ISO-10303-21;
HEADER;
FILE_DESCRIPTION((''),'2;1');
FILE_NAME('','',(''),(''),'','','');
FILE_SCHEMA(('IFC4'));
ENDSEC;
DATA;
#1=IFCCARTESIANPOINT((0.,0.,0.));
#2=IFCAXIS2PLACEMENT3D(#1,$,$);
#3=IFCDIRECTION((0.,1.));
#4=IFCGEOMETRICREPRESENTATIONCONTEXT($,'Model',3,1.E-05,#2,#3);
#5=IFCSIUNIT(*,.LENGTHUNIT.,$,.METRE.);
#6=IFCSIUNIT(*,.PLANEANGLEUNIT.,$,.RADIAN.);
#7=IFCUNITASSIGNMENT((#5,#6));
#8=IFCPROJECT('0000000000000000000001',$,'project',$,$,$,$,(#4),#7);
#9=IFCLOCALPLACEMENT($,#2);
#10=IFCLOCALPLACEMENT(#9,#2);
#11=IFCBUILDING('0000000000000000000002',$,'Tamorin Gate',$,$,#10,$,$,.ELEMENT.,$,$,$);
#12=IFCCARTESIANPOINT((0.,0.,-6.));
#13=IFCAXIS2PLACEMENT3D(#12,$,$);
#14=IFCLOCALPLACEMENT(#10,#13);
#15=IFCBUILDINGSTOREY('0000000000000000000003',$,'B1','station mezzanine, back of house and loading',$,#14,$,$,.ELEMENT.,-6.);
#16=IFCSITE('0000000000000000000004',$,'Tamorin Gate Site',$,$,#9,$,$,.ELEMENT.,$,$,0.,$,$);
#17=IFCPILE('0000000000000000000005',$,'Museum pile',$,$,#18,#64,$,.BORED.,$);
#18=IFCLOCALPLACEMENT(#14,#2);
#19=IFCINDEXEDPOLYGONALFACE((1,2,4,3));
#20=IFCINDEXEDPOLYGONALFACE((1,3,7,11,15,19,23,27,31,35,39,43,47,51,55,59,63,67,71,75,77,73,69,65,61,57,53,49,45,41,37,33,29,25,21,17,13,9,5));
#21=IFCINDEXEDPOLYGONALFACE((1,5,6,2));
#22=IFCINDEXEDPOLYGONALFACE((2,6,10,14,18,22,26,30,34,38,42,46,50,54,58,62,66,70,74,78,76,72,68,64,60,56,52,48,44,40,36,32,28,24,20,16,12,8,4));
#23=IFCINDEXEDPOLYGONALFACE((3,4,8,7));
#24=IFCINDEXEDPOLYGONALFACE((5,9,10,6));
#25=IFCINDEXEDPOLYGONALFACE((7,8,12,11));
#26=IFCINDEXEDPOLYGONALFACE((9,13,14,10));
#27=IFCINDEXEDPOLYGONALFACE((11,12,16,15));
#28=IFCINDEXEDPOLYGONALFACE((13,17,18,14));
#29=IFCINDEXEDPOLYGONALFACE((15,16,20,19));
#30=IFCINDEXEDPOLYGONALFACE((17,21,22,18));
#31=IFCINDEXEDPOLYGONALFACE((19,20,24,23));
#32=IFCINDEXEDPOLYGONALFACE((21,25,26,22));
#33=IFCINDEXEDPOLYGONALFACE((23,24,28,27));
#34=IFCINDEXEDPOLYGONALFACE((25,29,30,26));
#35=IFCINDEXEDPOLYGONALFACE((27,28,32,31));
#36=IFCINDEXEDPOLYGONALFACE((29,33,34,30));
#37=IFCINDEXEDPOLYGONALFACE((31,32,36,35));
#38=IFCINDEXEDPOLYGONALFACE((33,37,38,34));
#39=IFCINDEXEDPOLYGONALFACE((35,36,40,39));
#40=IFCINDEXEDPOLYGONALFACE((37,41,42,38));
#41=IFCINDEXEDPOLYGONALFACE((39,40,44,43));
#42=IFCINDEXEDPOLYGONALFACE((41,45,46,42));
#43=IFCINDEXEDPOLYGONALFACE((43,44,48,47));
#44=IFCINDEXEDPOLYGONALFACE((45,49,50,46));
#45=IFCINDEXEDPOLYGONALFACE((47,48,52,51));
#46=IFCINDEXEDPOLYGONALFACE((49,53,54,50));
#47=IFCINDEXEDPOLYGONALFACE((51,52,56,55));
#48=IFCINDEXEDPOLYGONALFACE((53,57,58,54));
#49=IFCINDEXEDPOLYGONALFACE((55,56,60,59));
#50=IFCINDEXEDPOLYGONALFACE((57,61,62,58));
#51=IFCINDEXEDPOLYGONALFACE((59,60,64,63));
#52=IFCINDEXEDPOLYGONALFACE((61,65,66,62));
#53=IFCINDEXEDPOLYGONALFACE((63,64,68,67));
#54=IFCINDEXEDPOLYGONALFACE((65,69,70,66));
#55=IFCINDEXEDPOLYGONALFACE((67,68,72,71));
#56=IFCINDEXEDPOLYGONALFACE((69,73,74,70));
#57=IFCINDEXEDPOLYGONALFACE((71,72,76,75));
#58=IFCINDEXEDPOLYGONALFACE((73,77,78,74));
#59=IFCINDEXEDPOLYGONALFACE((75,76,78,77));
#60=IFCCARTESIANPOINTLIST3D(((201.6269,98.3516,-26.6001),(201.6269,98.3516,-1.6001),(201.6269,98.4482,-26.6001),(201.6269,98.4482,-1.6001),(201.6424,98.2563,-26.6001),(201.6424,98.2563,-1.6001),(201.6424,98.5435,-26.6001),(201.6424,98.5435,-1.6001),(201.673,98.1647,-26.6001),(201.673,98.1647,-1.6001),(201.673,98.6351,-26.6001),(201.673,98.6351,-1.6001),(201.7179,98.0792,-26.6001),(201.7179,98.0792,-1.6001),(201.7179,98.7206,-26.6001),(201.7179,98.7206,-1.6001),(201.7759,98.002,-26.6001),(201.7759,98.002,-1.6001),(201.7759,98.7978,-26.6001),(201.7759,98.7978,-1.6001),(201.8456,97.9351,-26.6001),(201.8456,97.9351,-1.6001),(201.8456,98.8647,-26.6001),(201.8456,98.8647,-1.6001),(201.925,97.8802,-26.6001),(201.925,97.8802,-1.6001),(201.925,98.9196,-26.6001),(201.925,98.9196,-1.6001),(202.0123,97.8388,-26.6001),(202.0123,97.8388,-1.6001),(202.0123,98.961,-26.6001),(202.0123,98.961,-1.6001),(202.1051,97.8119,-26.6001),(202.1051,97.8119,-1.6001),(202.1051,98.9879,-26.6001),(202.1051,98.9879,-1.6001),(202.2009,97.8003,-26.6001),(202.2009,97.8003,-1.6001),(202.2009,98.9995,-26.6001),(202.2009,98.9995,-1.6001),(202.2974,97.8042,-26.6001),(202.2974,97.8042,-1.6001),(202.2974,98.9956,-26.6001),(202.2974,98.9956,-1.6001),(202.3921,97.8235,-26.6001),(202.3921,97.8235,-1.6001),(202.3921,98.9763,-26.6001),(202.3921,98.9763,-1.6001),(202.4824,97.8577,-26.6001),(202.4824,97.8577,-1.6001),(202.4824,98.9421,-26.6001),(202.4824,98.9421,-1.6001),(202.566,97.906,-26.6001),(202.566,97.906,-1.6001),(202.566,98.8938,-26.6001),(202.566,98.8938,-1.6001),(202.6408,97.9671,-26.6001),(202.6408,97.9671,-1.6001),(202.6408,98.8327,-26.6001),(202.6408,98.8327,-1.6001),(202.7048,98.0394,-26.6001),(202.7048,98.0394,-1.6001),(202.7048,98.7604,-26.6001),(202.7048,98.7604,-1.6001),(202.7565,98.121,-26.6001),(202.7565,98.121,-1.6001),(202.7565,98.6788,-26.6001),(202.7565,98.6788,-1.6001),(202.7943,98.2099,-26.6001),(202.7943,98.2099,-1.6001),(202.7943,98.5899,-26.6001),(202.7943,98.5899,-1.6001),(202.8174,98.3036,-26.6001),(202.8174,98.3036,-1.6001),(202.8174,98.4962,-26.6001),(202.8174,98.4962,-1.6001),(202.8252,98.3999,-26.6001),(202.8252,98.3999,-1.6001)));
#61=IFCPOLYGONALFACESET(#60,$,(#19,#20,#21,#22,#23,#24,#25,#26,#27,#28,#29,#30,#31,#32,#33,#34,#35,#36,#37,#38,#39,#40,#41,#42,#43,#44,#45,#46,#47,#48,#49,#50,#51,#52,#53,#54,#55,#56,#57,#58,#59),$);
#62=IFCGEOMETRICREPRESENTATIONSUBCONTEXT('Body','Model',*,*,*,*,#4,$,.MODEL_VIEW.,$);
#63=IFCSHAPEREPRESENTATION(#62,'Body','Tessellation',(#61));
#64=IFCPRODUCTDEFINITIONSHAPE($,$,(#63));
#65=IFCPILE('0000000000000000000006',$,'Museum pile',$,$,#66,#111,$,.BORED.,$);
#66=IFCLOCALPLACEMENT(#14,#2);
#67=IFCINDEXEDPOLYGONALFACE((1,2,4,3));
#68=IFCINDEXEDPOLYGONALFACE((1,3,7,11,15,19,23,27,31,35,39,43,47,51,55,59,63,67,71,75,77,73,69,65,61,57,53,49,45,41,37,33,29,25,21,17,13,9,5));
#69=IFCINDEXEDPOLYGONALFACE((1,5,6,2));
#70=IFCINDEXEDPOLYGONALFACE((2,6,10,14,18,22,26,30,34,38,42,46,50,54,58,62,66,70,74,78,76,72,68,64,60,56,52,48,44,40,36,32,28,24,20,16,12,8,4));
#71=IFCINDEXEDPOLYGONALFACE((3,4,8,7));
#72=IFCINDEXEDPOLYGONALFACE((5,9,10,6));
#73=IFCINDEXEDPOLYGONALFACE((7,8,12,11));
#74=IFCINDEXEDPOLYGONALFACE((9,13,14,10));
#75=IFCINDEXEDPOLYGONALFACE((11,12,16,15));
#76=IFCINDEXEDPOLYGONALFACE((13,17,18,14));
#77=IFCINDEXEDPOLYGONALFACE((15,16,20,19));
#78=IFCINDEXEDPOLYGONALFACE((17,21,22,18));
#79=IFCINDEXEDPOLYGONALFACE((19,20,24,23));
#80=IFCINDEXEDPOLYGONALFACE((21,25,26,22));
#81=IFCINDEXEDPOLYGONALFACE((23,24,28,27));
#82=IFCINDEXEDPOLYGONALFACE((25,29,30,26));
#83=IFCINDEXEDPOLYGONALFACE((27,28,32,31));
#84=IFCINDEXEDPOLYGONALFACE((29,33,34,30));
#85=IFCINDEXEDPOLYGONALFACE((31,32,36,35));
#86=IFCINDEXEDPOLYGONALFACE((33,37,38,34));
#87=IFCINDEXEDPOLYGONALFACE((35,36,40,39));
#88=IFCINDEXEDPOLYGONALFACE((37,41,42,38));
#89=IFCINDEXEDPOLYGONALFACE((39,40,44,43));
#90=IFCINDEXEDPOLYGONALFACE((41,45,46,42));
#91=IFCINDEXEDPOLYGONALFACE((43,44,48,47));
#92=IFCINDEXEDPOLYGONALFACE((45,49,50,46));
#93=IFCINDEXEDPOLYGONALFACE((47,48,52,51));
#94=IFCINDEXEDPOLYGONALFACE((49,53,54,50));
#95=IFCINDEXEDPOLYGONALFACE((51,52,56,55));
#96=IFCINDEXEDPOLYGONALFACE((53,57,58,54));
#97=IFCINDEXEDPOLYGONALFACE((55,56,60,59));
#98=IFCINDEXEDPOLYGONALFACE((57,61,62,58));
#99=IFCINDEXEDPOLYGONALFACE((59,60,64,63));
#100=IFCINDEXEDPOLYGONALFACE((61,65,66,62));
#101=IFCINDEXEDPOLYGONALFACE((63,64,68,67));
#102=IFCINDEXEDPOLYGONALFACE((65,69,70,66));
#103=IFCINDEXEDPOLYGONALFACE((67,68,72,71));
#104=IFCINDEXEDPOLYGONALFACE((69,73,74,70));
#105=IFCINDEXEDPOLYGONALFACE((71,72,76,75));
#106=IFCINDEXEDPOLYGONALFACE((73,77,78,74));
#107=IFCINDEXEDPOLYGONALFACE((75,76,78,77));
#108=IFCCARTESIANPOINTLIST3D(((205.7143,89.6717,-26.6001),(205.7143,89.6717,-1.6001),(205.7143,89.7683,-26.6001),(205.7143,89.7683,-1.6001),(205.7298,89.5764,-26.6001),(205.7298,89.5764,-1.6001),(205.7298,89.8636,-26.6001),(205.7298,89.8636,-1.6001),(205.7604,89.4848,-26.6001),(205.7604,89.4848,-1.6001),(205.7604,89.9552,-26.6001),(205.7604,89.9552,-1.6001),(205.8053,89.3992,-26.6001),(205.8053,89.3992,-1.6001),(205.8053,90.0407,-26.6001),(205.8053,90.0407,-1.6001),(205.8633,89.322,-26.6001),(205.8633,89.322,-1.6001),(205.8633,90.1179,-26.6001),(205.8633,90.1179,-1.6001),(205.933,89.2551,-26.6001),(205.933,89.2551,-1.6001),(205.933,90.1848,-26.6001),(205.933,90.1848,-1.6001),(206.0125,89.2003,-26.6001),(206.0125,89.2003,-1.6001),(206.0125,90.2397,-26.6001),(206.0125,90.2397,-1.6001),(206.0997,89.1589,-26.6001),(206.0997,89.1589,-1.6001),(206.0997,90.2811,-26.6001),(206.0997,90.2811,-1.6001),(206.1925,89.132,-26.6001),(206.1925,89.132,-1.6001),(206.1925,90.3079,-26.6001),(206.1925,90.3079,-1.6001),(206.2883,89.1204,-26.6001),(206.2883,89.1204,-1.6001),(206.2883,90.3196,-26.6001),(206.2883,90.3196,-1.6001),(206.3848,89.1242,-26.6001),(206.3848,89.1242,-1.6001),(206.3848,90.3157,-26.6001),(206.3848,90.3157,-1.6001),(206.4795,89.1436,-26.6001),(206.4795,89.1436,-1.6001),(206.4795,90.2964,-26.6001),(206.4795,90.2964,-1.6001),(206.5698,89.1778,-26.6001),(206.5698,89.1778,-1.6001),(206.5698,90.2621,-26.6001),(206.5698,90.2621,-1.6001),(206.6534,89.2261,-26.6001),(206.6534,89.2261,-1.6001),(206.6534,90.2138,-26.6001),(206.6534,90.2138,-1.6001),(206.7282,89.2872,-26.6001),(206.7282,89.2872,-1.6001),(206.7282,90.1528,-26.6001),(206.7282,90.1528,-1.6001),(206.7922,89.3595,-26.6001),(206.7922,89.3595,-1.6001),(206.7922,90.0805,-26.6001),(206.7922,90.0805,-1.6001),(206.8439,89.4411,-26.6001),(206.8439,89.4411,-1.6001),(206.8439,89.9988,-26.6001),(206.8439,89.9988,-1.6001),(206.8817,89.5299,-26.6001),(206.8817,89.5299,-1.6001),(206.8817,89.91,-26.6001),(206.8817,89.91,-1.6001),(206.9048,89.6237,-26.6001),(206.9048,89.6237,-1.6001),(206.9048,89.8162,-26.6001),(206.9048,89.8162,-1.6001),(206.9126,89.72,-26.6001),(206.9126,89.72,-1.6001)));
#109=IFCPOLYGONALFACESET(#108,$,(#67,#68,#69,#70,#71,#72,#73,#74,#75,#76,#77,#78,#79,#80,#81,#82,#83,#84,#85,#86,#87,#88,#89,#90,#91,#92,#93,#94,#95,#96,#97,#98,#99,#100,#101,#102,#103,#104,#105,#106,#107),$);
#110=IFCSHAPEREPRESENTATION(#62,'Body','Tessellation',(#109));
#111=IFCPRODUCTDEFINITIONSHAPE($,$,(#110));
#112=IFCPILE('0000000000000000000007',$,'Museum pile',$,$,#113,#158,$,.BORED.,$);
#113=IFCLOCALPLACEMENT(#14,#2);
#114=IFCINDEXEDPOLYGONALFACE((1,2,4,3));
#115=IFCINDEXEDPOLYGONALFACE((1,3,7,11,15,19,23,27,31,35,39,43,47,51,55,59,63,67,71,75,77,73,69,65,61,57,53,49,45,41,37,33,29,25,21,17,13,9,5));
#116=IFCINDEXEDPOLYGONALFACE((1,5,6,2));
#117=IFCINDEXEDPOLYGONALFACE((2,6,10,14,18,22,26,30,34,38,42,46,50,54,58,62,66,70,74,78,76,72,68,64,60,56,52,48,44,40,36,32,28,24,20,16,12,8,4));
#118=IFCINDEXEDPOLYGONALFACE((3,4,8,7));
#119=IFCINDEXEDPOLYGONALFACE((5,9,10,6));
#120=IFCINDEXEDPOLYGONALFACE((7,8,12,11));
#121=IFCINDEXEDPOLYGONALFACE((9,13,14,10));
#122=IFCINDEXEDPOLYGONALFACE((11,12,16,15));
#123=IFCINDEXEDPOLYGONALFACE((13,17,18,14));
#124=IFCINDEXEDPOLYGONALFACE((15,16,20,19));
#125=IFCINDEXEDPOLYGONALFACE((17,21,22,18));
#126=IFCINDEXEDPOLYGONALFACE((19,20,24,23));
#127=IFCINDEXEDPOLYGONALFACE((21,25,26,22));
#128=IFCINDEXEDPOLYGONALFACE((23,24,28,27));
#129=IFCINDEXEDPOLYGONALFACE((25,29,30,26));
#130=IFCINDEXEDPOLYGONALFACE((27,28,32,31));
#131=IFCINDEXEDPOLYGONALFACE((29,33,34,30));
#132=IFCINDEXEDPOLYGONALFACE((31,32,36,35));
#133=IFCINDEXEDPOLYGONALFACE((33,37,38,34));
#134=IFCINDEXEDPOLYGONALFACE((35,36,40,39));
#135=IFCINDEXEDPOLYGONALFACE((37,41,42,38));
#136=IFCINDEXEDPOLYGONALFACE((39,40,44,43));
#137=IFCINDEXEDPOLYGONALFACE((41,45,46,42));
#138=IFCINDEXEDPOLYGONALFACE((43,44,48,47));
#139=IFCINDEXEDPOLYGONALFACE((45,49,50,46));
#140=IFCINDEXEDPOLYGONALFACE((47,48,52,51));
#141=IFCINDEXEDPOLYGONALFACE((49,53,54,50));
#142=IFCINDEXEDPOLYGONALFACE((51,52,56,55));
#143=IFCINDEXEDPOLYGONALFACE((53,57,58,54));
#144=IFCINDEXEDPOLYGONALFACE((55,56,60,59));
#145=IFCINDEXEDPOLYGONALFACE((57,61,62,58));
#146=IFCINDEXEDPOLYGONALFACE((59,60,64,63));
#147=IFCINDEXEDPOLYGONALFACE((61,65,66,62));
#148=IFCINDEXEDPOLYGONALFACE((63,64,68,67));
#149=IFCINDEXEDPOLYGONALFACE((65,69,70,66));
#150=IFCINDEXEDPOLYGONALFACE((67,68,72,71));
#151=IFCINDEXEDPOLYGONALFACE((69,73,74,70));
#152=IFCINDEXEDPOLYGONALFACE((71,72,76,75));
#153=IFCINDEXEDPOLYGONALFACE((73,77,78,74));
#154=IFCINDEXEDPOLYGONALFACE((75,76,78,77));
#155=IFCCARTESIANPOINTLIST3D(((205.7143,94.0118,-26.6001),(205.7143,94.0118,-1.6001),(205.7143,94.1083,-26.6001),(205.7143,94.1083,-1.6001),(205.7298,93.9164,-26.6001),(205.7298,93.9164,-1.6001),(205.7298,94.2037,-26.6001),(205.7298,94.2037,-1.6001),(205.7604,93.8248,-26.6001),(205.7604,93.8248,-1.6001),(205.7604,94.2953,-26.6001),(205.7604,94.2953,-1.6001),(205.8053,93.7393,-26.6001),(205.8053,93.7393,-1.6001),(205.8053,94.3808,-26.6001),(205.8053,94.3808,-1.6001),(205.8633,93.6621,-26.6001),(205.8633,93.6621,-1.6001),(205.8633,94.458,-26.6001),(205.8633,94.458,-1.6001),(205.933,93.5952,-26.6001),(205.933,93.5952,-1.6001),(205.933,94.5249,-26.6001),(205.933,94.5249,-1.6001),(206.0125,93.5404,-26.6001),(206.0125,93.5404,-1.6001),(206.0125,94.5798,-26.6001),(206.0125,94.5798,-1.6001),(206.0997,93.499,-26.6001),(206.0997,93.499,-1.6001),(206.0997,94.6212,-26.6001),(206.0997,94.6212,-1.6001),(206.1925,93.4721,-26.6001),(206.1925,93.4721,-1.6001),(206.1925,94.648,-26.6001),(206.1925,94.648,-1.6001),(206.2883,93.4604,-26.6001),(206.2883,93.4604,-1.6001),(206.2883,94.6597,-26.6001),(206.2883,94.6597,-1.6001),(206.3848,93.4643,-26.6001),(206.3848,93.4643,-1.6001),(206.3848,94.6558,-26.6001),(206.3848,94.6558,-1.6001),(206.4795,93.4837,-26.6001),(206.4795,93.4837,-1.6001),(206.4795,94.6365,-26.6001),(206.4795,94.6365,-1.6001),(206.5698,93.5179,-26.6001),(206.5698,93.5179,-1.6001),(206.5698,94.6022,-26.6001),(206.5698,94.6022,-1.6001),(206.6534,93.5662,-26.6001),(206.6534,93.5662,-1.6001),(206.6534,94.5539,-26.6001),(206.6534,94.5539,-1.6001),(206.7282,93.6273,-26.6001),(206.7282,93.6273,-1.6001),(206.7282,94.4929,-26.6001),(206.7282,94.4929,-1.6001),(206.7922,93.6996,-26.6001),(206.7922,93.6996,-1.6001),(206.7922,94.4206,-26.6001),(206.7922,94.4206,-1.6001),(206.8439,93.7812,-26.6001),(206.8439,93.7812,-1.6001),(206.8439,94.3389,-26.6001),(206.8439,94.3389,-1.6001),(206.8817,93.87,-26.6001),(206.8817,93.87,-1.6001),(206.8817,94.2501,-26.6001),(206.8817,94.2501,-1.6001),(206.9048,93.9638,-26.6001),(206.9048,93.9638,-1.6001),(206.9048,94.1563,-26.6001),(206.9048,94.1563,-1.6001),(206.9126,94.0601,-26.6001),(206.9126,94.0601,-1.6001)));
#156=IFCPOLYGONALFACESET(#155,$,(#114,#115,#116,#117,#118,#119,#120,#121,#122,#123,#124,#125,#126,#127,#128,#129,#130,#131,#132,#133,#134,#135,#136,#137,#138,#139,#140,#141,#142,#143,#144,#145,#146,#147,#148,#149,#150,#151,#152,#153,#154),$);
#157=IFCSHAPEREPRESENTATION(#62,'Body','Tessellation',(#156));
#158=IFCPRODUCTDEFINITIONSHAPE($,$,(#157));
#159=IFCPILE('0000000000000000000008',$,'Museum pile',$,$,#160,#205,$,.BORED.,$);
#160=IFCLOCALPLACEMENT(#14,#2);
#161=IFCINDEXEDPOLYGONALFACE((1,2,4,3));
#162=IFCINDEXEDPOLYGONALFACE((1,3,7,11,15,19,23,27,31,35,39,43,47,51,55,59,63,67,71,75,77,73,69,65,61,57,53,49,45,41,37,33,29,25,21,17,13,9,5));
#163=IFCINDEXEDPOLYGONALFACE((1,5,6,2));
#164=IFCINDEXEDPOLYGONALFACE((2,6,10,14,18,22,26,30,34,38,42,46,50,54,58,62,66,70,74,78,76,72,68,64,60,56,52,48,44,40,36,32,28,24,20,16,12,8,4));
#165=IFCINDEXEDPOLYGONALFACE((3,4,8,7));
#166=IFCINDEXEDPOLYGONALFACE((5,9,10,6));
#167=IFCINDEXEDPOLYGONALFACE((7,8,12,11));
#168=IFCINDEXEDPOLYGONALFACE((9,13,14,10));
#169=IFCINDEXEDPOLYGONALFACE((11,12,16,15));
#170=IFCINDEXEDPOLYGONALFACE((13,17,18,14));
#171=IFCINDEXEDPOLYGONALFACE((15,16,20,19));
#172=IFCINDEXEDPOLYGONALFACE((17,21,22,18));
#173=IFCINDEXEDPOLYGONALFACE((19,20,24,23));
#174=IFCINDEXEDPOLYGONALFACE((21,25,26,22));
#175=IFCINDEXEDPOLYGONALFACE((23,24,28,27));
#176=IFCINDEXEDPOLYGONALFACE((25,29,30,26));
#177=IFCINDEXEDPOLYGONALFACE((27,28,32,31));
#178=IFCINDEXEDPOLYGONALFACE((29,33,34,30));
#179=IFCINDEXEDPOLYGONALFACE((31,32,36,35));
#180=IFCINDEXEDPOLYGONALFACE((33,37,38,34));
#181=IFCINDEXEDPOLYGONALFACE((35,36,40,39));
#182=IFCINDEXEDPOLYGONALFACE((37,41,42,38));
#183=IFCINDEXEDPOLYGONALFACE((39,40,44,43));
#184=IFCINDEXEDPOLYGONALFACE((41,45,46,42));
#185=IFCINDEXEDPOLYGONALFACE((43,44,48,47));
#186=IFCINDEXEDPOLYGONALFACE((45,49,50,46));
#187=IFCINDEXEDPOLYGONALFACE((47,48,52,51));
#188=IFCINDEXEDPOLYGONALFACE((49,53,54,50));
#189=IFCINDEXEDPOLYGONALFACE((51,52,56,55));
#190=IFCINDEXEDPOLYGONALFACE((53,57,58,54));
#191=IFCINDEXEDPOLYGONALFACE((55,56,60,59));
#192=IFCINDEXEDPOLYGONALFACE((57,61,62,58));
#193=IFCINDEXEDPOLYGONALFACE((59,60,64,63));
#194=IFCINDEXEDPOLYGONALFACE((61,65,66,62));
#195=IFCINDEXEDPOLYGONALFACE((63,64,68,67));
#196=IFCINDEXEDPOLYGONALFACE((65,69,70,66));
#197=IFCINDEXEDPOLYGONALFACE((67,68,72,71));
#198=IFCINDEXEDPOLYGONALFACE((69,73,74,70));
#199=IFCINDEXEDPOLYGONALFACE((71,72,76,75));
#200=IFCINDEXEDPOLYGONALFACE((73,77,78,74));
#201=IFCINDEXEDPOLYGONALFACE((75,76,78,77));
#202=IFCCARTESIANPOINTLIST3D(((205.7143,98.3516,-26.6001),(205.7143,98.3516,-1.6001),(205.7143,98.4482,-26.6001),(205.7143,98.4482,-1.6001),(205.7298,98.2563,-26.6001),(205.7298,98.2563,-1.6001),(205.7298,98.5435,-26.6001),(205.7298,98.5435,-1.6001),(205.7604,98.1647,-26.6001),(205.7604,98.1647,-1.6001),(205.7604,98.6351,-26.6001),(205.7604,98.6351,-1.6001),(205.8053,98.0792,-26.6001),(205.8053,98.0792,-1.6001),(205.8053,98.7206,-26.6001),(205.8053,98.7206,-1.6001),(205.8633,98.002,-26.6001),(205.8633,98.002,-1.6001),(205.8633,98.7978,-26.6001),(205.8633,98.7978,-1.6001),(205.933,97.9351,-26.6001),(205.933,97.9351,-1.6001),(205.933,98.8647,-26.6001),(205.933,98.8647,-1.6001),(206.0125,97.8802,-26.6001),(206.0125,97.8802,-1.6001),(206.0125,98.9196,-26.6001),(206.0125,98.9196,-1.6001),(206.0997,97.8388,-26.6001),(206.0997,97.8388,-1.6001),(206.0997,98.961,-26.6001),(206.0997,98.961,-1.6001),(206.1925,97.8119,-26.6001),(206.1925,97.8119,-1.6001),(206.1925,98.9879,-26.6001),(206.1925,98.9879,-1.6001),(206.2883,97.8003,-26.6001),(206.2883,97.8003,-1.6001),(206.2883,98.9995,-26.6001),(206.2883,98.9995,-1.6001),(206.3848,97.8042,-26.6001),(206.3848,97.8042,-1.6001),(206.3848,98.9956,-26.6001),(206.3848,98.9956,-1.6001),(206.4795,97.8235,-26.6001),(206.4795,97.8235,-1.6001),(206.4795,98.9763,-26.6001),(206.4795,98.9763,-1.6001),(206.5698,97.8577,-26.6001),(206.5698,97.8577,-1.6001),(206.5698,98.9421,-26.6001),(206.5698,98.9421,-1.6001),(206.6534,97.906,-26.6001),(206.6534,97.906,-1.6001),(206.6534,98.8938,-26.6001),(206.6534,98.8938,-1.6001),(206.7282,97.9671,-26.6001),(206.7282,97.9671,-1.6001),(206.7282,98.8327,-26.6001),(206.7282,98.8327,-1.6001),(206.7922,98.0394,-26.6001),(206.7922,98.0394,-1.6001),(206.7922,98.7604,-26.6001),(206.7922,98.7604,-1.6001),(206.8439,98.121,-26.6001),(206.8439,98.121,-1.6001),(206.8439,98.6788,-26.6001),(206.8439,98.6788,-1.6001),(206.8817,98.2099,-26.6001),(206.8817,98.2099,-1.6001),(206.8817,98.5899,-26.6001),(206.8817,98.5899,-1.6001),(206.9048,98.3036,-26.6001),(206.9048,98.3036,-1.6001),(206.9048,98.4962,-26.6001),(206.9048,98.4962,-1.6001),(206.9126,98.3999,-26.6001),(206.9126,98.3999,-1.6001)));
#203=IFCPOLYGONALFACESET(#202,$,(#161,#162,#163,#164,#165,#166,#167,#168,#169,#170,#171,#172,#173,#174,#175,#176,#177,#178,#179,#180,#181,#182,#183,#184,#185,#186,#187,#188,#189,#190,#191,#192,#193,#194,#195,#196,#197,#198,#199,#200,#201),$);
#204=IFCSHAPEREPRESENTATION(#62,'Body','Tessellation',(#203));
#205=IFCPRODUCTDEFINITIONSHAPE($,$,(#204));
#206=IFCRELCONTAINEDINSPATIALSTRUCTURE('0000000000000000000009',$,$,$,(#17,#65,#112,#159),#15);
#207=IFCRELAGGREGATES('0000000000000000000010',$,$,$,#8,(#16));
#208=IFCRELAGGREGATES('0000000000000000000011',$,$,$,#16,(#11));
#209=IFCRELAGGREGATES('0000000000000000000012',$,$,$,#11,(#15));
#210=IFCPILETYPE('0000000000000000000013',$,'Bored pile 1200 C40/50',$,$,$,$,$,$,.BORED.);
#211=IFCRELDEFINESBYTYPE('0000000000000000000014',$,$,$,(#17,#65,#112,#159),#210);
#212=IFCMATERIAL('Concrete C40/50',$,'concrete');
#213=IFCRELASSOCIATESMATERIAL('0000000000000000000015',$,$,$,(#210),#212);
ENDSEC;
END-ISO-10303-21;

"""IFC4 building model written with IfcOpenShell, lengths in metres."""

from ifc_helpers import new_model, si_unit, direction, frame, origin, origin_2d, place, context, subcontext, project, spatial, circle, extrude, material, material_profile, profile_set, type_object, element, save


model = new_model("IFC4")

# Units and contexts
model_context = context("Model", 3, precision=1e-05, world=origin(), true_north=direction((0.0, 1.0)))
body_context = subcontext(model_context, "Body", "Model", "MODEL_VIEW")
ifc_project = project(units=[si_unit("LENGTHUNIT", "METRE"), si_unit("PLANEANGLEUNIT", "RADIAN")], contexts=[model_context])

# Site, building, storey
site_placement = place(None, origin())
site = spatial("IfcSite", under=ifc_project, at=site_placement, Name="Tamorin Gate Site", CompositionType="ELEMENT", RefElevation=0.0)
building_placement = place(site_placement, origin())
building = spatial("IfcBuilding", under=site, at=building_placement, Name="Tamorin Gate", CompositionType="ELEMENT")
storey_placement = place(building_placement, frame((0.0, 0.0, -6.0)))
storey = spatial("IfcBuildingStorey", under=building, at=storey_placement, Name="B1", Description="station mezzanine, back of house and loading", CompositionType="ELEMENT", Elevation=-6.0)

# Piles
ifc_material_1 = material(Name="Concrete C40/50", Category="concrete")
ifc_material_profile_1 = material_profile(ifc_material_1, circle(Radius=0.6001, at=origin_2d()))
ifc_profile_set_1 = profile_set([ifc_material_profile_1], Name="Concrete C40/50")
pile_type = type_object("IfcPileType", Name="Bored pile 1200 C40/50", PredefinedType="BORED", material=ifc_profile_set_1)
for number, where, z_axis, x_axis, name in (
    (1, (202.2251, 98.3999, -1.6001), (0.0, 0.0, -1.0), (1.0, 0.0, 0.0), "Museum pile"),
    (2, (206.3125, 89.72, -1.6001), (0.0, 0.0, -1.0), (1.0, 0.0, 0.0), "Museum pile"),
    (3, (206.3125, 94.0601, -1.6001), (0.0, 0.0, -1.0), (1.0, 0.0, 0.0), "Museum pile"),
    (4, (206.3125, 98.3999, -1.6001), (0.0, 0.0, -1.0), (1.0, 0.0, 0.0), "Museum pile"),
):
    element("IfcPile", number, at=place(storey_placement, frame(where, z_axis=z_axis, x_axis=x_axis)), inside=storey, type_object=pile_type, Name=name, PredefinedType="BORED", context=body_context, shape_type="SweptSolid", body=[
        extrude(circle(Radius=0.6001, at=origin_2d()), origin(), (0.0, 0.0, 1.0), 25.0),
    ])

save(model, "model.ifc")
